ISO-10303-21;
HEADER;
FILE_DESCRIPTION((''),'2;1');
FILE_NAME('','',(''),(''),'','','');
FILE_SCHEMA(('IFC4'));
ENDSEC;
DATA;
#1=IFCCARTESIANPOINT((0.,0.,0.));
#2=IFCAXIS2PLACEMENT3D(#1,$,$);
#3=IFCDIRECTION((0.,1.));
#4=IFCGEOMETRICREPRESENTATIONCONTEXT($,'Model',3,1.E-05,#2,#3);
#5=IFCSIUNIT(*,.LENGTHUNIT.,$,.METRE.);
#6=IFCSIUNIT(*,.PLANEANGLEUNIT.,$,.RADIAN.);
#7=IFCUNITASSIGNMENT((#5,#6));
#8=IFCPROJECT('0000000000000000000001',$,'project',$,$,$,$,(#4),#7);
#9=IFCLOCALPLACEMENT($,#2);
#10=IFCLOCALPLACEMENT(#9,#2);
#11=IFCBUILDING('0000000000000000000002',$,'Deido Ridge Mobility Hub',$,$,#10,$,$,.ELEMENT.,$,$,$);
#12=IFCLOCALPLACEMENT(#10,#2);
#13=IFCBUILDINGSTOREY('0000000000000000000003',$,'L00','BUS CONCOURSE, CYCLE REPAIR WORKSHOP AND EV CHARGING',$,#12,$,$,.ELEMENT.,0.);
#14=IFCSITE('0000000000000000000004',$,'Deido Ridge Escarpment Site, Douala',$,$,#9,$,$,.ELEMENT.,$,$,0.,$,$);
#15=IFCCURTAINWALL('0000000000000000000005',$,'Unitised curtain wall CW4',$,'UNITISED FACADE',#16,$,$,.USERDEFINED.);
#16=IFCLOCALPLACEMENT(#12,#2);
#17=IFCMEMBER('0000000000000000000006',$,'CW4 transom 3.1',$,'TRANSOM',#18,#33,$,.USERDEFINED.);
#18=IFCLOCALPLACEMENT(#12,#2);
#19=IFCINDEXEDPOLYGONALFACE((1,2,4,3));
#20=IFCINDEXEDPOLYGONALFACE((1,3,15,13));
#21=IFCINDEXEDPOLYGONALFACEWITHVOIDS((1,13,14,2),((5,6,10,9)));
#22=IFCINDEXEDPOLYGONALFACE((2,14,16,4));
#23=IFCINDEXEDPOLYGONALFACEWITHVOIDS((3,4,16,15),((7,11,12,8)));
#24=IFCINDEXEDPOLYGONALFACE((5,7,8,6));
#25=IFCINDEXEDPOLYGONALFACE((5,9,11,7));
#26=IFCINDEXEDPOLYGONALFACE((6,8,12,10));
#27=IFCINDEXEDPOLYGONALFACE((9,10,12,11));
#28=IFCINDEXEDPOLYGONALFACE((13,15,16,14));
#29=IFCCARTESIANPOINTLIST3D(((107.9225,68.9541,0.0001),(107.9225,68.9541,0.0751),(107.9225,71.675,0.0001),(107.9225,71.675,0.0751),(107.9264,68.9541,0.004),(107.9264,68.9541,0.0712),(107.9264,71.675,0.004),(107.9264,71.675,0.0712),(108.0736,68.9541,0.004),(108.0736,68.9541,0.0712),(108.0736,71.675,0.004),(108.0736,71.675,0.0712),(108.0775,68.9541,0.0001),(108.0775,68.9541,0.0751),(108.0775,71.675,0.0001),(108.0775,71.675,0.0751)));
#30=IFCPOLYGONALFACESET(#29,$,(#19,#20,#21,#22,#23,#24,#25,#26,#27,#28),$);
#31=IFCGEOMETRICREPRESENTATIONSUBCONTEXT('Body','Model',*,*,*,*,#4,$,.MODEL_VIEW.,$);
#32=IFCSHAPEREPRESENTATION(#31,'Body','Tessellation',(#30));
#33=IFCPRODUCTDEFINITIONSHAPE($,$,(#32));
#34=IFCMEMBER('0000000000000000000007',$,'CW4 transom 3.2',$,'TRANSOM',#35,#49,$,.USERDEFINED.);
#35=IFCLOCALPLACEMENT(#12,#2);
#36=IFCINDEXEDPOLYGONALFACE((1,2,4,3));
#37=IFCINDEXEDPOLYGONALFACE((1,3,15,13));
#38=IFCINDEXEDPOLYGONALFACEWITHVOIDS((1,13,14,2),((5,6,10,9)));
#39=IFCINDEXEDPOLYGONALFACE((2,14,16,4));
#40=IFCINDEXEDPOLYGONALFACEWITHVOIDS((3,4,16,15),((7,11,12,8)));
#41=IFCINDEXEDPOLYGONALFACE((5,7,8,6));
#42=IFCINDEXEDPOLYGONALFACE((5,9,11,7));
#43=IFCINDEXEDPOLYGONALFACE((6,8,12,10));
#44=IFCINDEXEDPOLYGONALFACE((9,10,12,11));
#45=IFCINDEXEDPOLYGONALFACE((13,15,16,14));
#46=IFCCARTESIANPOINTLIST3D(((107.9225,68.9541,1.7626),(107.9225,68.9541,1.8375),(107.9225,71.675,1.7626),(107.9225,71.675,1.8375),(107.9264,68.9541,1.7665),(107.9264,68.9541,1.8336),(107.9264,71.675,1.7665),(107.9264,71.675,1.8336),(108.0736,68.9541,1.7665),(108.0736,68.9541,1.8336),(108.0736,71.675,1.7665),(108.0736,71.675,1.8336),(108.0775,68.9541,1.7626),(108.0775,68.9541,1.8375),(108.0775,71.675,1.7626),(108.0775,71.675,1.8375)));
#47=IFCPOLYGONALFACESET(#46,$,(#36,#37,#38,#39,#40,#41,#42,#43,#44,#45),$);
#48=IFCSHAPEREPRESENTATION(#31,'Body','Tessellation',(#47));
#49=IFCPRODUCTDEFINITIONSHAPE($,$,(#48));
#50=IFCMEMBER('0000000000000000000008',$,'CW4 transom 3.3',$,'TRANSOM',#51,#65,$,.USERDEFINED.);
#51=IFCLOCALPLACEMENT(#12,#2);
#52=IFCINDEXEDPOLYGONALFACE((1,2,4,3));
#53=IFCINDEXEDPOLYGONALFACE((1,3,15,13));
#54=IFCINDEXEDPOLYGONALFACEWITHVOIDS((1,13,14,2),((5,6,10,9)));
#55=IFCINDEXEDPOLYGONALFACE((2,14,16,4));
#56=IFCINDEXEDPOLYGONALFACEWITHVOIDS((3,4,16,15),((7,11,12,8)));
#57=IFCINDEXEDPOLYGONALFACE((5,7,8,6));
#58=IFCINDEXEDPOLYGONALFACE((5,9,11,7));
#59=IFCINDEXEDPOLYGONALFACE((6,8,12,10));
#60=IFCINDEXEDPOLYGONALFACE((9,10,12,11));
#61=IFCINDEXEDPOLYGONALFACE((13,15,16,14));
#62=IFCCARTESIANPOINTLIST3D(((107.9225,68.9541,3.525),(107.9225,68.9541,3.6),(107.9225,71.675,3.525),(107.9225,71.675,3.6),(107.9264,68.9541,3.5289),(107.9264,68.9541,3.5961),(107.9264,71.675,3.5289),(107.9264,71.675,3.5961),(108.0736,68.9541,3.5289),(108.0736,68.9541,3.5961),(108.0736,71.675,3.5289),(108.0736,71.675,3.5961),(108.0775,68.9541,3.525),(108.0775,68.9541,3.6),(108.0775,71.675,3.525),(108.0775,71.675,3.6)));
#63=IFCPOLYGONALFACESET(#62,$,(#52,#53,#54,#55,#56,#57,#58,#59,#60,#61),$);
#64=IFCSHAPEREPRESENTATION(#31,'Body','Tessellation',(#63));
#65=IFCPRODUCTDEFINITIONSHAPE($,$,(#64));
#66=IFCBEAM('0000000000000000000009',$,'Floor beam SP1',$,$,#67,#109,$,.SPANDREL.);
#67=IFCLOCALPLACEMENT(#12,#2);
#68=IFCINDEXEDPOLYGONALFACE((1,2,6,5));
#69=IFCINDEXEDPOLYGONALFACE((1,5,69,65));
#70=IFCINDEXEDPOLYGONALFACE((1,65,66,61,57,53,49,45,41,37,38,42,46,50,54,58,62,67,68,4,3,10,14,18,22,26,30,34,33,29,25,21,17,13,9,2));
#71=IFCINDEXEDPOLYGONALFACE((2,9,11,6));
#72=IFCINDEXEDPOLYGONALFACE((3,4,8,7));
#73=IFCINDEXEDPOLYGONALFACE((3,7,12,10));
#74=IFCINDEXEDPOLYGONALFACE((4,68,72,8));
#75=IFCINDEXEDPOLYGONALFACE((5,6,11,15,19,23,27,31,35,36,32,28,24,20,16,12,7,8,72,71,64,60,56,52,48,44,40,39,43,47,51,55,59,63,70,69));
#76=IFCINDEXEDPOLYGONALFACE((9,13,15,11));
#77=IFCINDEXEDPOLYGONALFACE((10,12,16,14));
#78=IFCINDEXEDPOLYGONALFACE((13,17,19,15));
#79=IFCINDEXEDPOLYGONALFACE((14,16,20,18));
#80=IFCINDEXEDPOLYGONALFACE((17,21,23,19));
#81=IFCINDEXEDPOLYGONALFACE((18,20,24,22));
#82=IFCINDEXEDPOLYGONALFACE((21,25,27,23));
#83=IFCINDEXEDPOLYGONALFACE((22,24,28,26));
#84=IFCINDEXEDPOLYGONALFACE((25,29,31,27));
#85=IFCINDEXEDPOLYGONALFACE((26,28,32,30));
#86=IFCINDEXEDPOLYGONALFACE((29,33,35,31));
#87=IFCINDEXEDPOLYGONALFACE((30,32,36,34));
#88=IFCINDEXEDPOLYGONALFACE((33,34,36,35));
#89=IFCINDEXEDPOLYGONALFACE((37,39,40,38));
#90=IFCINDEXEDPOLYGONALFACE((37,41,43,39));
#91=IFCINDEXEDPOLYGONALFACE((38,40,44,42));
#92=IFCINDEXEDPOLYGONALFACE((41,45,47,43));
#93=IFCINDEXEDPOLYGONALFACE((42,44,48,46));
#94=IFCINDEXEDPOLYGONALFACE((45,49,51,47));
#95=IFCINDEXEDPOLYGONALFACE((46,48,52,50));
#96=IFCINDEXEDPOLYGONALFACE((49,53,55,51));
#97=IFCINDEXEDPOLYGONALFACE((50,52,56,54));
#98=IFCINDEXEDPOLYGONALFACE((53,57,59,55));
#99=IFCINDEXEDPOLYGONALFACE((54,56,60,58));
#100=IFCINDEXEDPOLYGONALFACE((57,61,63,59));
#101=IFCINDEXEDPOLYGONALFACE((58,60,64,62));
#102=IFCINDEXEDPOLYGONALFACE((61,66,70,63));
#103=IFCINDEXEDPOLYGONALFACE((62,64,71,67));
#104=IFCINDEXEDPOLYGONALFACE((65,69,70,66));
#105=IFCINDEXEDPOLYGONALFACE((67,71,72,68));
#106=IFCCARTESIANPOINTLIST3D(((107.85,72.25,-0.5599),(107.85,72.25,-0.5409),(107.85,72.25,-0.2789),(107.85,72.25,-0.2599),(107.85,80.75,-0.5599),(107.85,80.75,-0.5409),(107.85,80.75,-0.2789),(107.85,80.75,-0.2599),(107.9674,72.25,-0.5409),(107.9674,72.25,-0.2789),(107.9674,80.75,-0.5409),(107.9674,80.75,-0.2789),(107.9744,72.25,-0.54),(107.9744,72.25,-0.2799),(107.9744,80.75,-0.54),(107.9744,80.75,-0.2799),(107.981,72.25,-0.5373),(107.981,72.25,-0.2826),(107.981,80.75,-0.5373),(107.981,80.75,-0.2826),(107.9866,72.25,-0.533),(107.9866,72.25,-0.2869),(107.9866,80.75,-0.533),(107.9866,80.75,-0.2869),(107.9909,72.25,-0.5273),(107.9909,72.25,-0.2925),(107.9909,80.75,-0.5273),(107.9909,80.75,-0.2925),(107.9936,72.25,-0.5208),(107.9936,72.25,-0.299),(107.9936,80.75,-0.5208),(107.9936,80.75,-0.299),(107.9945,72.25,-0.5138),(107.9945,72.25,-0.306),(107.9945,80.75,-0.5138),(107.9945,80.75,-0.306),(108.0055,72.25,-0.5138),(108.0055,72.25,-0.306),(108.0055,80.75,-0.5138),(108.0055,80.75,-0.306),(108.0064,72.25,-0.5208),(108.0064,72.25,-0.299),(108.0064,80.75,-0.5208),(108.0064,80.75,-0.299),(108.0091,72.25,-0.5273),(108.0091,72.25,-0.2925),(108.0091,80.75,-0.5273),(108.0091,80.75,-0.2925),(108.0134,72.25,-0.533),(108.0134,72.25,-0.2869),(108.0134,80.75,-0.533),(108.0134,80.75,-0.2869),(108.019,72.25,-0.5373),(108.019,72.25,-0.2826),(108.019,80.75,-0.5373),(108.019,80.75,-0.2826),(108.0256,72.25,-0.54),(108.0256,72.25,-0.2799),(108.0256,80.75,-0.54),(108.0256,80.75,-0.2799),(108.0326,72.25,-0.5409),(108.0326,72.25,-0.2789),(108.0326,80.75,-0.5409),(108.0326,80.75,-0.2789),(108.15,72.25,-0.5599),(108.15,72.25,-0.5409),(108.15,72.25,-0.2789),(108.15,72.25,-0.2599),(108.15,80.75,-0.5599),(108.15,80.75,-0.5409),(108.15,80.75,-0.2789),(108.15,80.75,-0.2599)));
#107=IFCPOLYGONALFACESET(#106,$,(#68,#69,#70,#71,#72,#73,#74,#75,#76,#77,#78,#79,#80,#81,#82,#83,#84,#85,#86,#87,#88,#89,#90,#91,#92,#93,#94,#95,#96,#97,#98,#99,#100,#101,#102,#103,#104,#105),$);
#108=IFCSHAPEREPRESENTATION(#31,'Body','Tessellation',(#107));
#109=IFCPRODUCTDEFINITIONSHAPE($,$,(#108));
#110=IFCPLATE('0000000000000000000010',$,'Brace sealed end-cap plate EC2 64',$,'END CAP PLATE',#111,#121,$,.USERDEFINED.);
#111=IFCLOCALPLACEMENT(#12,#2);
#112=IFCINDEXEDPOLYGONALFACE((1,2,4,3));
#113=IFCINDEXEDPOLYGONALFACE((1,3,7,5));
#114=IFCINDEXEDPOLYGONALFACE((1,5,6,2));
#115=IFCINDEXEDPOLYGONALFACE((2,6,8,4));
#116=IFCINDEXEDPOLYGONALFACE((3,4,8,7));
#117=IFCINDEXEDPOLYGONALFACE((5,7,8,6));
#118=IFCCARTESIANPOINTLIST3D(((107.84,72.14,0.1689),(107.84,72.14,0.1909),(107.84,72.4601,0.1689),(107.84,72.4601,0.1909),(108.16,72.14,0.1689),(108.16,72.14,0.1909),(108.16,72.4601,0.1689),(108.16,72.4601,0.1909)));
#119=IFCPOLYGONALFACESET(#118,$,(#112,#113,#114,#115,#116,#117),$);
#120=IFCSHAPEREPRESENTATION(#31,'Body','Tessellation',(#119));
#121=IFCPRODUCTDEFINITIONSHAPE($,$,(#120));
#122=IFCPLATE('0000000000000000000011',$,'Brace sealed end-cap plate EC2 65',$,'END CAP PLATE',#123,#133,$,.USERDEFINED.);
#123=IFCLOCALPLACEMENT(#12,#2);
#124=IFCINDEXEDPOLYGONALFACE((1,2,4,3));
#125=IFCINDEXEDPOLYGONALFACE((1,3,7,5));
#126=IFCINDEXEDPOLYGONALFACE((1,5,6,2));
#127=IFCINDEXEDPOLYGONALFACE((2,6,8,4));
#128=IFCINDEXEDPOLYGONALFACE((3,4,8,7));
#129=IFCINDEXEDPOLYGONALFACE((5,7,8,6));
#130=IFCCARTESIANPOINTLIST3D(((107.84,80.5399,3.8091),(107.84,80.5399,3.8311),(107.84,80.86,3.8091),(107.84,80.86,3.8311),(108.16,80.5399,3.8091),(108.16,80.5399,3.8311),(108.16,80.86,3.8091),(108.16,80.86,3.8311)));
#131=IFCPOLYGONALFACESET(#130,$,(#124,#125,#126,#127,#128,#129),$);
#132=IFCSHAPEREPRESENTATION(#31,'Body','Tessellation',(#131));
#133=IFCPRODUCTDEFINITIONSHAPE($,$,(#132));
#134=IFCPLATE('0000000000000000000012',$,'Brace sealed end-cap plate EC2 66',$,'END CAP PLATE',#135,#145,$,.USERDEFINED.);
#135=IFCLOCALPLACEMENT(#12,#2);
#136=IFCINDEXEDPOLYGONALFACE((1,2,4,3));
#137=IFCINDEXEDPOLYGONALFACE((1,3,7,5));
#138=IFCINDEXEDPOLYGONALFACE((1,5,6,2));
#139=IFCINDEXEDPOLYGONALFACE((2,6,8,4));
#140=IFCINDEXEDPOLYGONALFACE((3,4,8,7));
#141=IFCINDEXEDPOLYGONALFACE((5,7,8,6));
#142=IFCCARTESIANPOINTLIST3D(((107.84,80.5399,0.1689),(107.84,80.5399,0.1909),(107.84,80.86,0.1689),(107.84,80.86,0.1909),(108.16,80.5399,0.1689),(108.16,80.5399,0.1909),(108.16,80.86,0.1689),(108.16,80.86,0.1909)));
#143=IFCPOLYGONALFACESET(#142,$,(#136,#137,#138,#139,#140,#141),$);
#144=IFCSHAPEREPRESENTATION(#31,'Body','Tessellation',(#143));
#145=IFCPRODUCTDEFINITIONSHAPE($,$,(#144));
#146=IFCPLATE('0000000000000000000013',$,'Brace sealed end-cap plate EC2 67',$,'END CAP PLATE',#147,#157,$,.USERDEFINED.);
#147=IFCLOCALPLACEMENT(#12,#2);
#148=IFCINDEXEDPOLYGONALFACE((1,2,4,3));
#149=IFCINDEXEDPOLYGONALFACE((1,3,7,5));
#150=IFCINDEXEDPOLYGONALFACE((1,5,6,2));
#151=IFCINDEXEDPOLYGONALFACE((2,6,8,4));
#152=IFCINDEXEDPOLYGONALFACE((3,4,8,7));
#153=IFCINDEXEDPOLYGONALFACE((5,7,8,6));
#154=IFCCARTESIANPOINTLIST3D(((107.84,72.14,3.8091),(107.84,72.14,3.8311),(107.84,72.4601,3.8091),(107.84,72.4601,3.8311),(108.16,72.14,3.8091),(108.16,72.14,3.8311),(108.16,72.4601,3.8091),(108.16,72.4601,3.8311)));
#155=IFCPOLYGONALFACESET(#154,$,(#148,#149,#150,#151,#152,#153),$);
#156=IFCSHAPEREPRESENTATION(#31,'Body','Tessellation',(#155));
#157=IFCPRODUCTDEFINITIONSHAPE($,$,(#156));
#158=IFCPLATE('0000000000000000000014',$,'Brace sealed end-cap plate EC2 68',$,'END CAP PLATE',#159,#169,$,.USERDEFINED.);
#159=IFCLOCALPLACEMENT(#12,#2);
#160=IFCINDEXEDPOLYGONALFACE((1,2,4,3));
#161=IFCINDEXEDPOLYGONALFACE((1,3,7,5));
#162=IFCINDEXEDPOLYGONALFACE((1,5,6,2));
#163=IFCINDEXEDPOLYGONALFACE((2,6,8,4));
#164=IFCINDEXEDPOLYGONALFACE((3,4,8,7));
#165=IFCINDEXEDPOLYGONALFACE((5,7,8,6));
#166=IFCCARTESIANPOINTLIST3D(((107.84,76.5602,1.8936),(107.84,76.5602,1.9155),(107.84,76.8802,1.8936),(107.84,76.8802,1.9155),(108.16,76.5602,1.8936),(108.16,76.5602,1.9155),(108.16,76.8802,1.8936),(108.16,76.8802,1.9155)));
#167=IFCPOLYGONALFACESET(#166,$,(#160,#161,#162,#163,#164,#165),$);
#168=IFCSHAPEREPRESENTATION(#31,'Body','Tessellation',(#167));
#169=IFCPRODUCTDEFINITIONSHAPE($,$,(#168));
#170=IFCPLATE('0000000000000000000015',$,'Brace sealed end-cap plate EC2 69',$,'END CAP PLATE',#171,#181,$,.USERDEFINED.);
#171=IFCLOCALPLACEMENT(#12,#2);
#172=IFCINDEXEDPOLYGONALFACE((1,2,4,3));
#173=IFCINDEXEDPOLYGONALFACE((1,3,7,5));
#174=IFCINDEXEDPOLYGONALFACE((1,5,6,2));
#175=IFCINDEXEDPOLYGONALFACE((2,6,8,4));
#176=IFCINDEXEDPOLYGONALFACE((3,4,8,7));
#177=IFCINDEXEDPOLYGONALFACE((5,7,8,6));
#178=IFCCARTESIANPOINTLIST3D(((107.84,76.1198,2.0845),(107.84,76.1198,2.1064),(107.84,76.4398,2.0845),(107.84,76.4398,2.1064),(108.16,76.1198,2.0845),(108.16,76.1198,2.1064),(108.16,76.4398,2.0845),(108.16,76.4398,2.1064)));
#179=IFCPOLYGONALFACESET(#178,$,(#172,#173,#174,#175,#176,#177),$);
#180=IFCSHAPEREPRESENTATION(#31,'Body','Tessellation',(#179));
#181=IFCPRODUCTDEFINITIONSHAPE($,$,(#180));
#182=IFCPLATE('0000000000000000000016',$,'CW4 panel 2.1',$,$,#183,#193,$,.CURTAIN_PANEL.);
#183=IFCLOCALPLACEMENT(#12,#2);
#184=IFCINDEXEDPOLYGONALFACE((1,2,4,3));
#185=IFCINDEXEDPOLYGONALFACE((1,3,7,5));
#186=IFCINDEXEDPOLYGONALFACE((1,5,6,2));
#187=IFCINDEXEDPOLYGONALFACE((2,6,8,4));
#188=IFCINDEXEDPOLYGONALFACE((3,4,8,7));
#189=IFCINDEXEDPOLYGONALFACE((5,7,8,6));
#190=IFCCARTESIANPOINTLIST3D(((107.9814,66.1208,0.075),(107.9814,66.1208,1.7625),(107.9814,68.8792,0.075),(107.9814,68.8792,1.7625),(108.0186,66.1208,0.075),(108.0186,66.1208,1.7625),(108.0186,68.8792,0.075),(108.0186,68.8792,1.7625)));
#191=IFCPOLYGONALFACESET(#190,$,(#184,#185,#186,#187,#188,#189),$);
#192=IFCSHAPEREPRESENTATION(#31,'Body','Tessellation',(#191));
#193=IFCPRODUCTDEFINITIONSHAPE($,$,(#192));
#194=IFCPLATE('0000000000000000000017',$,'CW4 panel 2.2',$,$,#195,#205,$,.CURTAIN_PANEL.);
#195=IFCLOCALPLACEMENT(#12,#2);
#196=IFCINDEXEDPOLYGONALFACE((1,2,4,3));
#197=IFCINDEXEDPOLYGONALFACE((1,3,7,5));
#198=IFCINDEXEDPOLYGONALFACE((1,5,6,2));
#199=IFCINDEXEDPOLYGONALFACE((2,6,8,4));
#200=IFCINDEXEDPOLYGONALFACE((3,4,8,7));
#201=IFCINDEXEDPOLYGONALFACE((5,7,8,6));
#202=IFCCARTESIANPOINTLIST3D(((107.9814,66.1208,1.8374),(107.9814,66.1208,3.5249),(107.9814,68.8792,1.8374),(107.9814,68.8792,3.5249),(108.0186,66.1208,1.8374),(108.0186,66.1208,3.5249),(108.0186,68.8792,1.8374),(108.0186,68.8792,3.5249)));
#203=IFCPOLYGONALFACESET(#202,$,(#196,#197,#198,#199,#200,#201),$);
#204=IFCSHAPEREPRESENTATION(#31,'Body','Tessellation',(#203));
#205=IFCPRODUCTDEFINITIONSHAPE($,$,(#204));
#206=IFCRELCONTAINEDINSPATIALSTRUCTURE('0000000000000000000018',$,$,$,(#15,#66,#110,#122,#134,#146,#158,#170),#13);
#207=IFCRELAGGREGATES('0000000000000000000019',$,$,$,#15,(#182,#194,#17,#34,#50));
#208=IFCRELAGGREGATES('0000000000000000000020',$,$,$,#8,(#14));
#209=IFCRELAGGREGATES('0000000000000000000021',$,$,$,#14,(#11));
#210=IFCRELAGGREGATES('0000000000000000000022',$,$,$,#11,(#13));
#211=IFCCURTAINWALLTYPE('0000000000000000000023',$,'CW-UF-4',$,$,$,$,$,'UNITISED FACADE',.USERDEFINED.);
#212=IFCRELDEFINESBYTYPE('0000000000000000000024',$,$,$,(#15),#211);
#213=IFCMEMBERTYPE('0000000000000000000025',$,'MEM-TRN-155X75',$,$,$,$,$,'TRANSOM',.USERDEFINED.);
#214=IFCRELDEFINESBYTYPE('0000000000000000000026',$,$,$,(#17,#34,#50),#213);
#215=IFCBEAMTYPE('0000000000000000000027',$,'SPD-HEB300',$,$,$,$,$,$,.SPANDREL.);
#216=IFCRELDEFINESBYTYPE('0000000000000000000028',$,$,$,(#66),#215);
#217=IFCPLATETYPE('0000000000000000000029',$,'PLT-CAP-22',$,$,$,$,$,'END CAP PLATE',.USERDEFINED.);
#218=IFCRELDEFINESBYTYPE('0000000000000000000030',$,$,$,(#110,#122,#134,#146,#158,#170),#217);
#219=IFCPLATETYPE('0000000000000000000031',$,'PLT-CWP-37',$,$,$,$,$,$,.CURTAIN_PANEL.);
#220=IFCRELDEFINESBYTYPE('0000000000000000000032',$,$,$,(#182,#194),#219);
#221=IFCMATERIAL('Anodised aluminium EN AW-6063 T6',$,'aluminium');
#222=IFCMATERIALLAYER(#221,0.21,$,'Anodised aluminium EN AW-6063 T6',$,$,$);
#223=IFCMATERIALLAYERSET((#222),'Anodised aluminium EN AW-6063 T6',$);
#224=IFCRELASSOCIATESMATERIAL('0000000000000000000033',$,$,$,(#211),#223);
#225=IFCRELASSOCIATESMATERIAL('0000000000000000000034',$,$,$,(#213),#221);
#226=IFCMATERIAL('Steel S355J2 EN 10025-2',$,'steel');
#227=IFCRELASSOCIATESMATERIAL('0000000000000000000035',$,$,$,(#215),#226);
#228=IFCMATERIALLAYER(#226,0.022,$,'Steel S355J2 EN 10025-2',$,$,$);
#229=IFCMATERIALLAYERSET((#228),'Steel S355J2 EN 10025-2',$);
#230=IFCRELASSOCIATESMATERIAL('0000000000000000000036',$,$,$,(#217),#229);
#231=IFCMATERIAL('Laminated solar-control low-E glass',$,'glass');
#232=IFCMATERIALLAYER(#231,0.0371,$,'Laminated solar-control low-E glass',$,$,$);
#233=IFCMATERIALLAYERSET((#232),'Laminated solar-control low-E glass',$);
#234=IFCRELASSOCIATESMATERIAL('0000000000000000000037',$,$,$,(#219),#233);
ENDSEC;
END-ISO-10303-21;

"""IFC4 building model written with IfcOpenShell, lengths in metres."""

from ifc_helpers import new_model, si_unit, direction, frame, origin, origin_2d, place, context, subcontext, project, spatial, rectangle, hollow_rectangle, i_section, extrude, material, layer, layer_set, material_profile, profile_set, type_object, element, aggregate, save


model = new_model("IFC4")

# Units and contexts
model_context = context("Model", 3, precision=1e-05, world=origin(), true_north=direction((0.0, 1.0)))
body_context = subcontext(model_context, "Body", "Model", "MODEL_VIEW")
ifc_project = project(units=[si_unit("LENGTHUNIT", "METRE"), si_unit("PLANEANGLEUNIT", "RADIAN")], contexts=[model_context])

# Site, building, storey
site_placement = place(None, origin())
site = spatial("IfcSite", under=ifc_project, at=site_placement, Name="Deido Ridge Escarpment Site, Douala", CompositionType="ELEMENT", RefElevation=0.0)
building_placement = place(site_placement, origin())
building = spatial("IfcBuilding", under=site, at=building_placement, Name="Deido Ridge Mobility Hub", CompositionType="ELEMENT")
storey_placement = place(building_placement, origin())
storey = spatial("IfcBuildingStorey", under=building, at=storey_placement, Name="L00", Description="BUS CONCOURSE, CYCLE REPAIR WORKSHOP AND EV CHARGING", CompositionType="ELEMENT", Elevation=0.0)

# Shared definitions
ifc_material_1 = material(Name="Steel S355J2 EN 10025-2", Category="steel")

# Curtain wall, members
ifc_material_2 = material(Name="Anodised aluminium EN AW-6063 T6", Category="aluminium")
ifc_layer_1 = layer(ifc_material_2, 0.21, Name="Anodised aluminium EN AW-6063 T6")
ifc_layer_set_1 = layer_set([ifc_layer_1], Name="Anodised aluminium EN AW-6063 T6")
curtain_wall_type = type_object("IfcCurtainWallType", Name="CW-UF-4", ElementType="UNITISED FACADE", PredefinedType="USERDEFINED", material=ifc_layer_set_1)
curtain_wall_placement = place(storey_placement, origin())
curtain_wall = element("IfcCurtainWall", 1, at=curtain_wall_placement, inside=storey, type_object=curtain_wall_type, Name="Unitised curtain wall CW4", ObjectType="UNITISED FACADE", PredefinedType="USERDEFINED")
ifc_material_profile_1 = material_profile(ifc_material_2, hollow_rectangle(XDim=0.155, YDim=0.075, WallThickness=0.0039, at=origin_2d()), Name="RHS 155x75x4")
ifc_profile_set_1 = profile_set([ifc_material_profile_1], Name="Anodised aluminium EN AW-6063 T6")
member_type_1 = type_object("IfcMemberType", Name="MEM-TRN-155X75", ElementType="TRANSOM", PredefinedType="USERDEFINED", material=ifc_profile_set_1)
member_1_placement = place(storey_placement, frame((108.0, 68.9541, 0.0376), z_axis=(0.0, 1.0, 0.0), x_axis=(-1.0, 0.0, 0.0)))
member_1 = element("IfcMember", 2, at=member_1_placement, type_object=member_type_1, Name="CW4 transom 3.1", ObjectType="TRANSOM", PredefinedType="USERDEFINED", context=body_context, shape_type="SweptSolid", body=[
    extrude(hollow_rectangle(XDim=0.155, YDim=0.075, WallThickness=0.0039, at=origin_2d()), origin(), (0.0, 0.0, 1.0), 2.7209),
])
member_2_placement = place(storey_placement, frame((108.0, 68.9541, 1.8), z_axis=(0.0, 1.0, 0.0), x_axis=(-1.0, 0.0, 0.0)))
member_2 = element("IfcMember", 3, at=member_2_placement, type_object=member_type_1, Name="CW4 transom 3.2", ObjectType="TRANSOM", PredefinedType="USERDEFINED", context=body_context, shape_type="SweptSolid", body=[
    extrude(hollow_rectangle(XDim=0.155, YDim=0.075, WallThickness=0.0039, at=origin_2d()), origin(), (0.0, 0.0, 1.0), 2.7209),
])
member_3_placement = place(storey_placement, frame((108.0, 68.9541, 3.5625), z_axis=(0.0, 1.0, 0.0), x_axis=(-1.0, 0.0, 0.0)))
member_3 = element("IfcMember", 4, at=member_3_placement, type_object=member_type_1, Name="CW4 transom 3.3", ObjectType="TRANSOM", PredefinedType="USERDEFINED", context=body_context, shape_type="SweptSolid", body=[
    extrude(hollow_rectangle(XDim=0.155, YDim=0.075, WallThickness=0.0039, at=origin_2d()), origin(), (0.0, 0.0, 1.0), 2.7209),
])

# Beam
ifc_material_profile_2 = material_profile(ifc_material_1, i_section(OverallWidth=0.3, OverallDepth=0.3, WebThickness=0.011, FlangeThickness=0.019, FilletRadius=0.0271, at=origin_2d()), Name="HEB 300")
ifc_profile_set_2 = profile_set([ifc_material_profile_2], Name="Steel S355J2 EN 10025-2")
beam_type = type_object("IfcBeamType", Name="SPD-HEB300", PredefinedType="SPANDREL", material=ifc_profile_set_2)
beam_placement = place(storey_placement, frame((108.0, 72.25, -0.4099), z_axis=(0.0, 1.0, 0.0), x_axis=(-1.0, 0.0, 0.0)))
element("IfcBeam", 5, at=beam_placement, inside=storey, type_object=beam_type, Name="Floor beam SP1", PredefinedType="SPANDREL", context=body_context, shape_type="SweptSolid", body=[
    extrude(i_section(OverallWidth=0.3, OverallDepth=0.3, WebThickness=0.011, FlangeThickness=0.019, FilletRadius=0.0271, at=origin_2d()), origin(), (0.0, 0.0, 1.0), 8.5),
])

# Plates
ifc_layer_2 = layer(ifc_material_1, 0.022, Name="Steel S355J2 EN 10025-2")
ifc_layer_set_2 = layer_set([ifc_layer_2], Name="Steel S355J2 EN 10025-2")
plate_type_1 = type_object("IfcPlateType", Name="PLT-CAP-22", ElementType="END CAP PLATE", PredefinedType="USERDEFINED", material=ifc_layer_set_2)
for number, where, z_axis, x_axis, name in (
    (6, (108.0, 72.3, 0.1689), (0.0, 0.0, 1.0), (1.0, 0.0, 0.0), "Brace sealed end-cap plate EC2 64"),
    (7, (108.0, 80.7, 3.8091), (0.0, 0.0, 1.0), (1.0, 0.0, 0.0), "Brace sealed end-cap plate EC2 65"),
    (8, (108.0, 80.7, 0.1689), (0.0, 0.0, 1.0), (1.0, 0.0, 0.0), "Brace sealed end-cap plate EC2 66"),
    (9, (108.0, 72.3, 3.8091), (0.0, 0.0, 1.0), (1.0, 0.0, 0.0), "Brace sealed end-cap plate EC2 67"),
    (10, (108.0, 76.7202, 1.8936), (0.0, 0.0, 1.0), (1.0, 0.0, 0.0), "Brace sealed end-cap plate EC2 68"),
    (11, (108.0, 76.2798, 2.0845), (0.0, 0.0, 1.0), (1.0, 0.0, 0.0), "Brace sealed end-cap plate EC2 69"),
):
    element("IfcPlate", number, at=place(storey_placement, frame(where, z_axis=z_axis, x_axis=x_axis)), inside=storey, type_object=plate_type_1, Name=name, ObjectType="END CAP PLATE", PredefinedType="USERDEFINED", context=body_context, shape_type="SweptSolid", body=[
        extrude(rectangle(XDim=0.3201, YDim=0.3201, at=origin_2d()), origin(), (0.0, 0.0, 1.0), 0.022),
    ])

# Plates
ifc_material_3 = material(Name="Laminated solar-control low-E glass", Category="glass")
ifc_layer_3 = layer(ifc_material_3, 0.0371, Name="Laminated solar-control low-E glass")
ifc_layer_set_3 = layer_set([ifc_layer_3], Name="Laminated solar-control low-E glass")
plate_type_2 = type_object("IfcPlateType", Name="PLT-CWP-37", PredefinedType="CURTAIN_PANEL", material=ifc_layer_set_3)
plate_1_placement = place(storey_placement, frame((108.0, 67.5, 0.075), z_axis=(0.0, 0.0, 1.0), x_axis=(0.0, 1.0, 0.0)))
plate_1 = element("IfcPlate", 12, at=plate_1_placement, type_object=plate_type_2, Name="CW4 panel 2.1", PredefinedType="CURTAIN_PANEL", context=body_context, shape_type="SweptSolid", body=[
    extrude(rectangle(XDim=2.7583, YDim=0.0371, at=origin_2d()), origin(), (0.0, 0.0, 1.0), 1.6875),
])
plate_2_placement = place(storey_placement, frame((108.0, 67.5, 1.8374), z_axis=(0.0, 0.0, 1.0), x_axis=(0.0, 1.0, 0.0)))
plate_2 = element("IfcPlate", 13, at=plate_2_placement, type_object=plate_type_2, Name="CW4 panel 2.2", PredefinedType="CURTAIN_PANEL", context=body_context, shape_type="SweptSolid", body=[
    extrude(rectangle(XDim=2.7583, YDim=0.0371, at=origin_2d()), origin(), (0.0, 0.0, 1.0), 1.6875),
])
aggregate(curtain_wall, [plate_1, plate_2, member_1, member_2, member_3])

save(model, "model.ifc")
